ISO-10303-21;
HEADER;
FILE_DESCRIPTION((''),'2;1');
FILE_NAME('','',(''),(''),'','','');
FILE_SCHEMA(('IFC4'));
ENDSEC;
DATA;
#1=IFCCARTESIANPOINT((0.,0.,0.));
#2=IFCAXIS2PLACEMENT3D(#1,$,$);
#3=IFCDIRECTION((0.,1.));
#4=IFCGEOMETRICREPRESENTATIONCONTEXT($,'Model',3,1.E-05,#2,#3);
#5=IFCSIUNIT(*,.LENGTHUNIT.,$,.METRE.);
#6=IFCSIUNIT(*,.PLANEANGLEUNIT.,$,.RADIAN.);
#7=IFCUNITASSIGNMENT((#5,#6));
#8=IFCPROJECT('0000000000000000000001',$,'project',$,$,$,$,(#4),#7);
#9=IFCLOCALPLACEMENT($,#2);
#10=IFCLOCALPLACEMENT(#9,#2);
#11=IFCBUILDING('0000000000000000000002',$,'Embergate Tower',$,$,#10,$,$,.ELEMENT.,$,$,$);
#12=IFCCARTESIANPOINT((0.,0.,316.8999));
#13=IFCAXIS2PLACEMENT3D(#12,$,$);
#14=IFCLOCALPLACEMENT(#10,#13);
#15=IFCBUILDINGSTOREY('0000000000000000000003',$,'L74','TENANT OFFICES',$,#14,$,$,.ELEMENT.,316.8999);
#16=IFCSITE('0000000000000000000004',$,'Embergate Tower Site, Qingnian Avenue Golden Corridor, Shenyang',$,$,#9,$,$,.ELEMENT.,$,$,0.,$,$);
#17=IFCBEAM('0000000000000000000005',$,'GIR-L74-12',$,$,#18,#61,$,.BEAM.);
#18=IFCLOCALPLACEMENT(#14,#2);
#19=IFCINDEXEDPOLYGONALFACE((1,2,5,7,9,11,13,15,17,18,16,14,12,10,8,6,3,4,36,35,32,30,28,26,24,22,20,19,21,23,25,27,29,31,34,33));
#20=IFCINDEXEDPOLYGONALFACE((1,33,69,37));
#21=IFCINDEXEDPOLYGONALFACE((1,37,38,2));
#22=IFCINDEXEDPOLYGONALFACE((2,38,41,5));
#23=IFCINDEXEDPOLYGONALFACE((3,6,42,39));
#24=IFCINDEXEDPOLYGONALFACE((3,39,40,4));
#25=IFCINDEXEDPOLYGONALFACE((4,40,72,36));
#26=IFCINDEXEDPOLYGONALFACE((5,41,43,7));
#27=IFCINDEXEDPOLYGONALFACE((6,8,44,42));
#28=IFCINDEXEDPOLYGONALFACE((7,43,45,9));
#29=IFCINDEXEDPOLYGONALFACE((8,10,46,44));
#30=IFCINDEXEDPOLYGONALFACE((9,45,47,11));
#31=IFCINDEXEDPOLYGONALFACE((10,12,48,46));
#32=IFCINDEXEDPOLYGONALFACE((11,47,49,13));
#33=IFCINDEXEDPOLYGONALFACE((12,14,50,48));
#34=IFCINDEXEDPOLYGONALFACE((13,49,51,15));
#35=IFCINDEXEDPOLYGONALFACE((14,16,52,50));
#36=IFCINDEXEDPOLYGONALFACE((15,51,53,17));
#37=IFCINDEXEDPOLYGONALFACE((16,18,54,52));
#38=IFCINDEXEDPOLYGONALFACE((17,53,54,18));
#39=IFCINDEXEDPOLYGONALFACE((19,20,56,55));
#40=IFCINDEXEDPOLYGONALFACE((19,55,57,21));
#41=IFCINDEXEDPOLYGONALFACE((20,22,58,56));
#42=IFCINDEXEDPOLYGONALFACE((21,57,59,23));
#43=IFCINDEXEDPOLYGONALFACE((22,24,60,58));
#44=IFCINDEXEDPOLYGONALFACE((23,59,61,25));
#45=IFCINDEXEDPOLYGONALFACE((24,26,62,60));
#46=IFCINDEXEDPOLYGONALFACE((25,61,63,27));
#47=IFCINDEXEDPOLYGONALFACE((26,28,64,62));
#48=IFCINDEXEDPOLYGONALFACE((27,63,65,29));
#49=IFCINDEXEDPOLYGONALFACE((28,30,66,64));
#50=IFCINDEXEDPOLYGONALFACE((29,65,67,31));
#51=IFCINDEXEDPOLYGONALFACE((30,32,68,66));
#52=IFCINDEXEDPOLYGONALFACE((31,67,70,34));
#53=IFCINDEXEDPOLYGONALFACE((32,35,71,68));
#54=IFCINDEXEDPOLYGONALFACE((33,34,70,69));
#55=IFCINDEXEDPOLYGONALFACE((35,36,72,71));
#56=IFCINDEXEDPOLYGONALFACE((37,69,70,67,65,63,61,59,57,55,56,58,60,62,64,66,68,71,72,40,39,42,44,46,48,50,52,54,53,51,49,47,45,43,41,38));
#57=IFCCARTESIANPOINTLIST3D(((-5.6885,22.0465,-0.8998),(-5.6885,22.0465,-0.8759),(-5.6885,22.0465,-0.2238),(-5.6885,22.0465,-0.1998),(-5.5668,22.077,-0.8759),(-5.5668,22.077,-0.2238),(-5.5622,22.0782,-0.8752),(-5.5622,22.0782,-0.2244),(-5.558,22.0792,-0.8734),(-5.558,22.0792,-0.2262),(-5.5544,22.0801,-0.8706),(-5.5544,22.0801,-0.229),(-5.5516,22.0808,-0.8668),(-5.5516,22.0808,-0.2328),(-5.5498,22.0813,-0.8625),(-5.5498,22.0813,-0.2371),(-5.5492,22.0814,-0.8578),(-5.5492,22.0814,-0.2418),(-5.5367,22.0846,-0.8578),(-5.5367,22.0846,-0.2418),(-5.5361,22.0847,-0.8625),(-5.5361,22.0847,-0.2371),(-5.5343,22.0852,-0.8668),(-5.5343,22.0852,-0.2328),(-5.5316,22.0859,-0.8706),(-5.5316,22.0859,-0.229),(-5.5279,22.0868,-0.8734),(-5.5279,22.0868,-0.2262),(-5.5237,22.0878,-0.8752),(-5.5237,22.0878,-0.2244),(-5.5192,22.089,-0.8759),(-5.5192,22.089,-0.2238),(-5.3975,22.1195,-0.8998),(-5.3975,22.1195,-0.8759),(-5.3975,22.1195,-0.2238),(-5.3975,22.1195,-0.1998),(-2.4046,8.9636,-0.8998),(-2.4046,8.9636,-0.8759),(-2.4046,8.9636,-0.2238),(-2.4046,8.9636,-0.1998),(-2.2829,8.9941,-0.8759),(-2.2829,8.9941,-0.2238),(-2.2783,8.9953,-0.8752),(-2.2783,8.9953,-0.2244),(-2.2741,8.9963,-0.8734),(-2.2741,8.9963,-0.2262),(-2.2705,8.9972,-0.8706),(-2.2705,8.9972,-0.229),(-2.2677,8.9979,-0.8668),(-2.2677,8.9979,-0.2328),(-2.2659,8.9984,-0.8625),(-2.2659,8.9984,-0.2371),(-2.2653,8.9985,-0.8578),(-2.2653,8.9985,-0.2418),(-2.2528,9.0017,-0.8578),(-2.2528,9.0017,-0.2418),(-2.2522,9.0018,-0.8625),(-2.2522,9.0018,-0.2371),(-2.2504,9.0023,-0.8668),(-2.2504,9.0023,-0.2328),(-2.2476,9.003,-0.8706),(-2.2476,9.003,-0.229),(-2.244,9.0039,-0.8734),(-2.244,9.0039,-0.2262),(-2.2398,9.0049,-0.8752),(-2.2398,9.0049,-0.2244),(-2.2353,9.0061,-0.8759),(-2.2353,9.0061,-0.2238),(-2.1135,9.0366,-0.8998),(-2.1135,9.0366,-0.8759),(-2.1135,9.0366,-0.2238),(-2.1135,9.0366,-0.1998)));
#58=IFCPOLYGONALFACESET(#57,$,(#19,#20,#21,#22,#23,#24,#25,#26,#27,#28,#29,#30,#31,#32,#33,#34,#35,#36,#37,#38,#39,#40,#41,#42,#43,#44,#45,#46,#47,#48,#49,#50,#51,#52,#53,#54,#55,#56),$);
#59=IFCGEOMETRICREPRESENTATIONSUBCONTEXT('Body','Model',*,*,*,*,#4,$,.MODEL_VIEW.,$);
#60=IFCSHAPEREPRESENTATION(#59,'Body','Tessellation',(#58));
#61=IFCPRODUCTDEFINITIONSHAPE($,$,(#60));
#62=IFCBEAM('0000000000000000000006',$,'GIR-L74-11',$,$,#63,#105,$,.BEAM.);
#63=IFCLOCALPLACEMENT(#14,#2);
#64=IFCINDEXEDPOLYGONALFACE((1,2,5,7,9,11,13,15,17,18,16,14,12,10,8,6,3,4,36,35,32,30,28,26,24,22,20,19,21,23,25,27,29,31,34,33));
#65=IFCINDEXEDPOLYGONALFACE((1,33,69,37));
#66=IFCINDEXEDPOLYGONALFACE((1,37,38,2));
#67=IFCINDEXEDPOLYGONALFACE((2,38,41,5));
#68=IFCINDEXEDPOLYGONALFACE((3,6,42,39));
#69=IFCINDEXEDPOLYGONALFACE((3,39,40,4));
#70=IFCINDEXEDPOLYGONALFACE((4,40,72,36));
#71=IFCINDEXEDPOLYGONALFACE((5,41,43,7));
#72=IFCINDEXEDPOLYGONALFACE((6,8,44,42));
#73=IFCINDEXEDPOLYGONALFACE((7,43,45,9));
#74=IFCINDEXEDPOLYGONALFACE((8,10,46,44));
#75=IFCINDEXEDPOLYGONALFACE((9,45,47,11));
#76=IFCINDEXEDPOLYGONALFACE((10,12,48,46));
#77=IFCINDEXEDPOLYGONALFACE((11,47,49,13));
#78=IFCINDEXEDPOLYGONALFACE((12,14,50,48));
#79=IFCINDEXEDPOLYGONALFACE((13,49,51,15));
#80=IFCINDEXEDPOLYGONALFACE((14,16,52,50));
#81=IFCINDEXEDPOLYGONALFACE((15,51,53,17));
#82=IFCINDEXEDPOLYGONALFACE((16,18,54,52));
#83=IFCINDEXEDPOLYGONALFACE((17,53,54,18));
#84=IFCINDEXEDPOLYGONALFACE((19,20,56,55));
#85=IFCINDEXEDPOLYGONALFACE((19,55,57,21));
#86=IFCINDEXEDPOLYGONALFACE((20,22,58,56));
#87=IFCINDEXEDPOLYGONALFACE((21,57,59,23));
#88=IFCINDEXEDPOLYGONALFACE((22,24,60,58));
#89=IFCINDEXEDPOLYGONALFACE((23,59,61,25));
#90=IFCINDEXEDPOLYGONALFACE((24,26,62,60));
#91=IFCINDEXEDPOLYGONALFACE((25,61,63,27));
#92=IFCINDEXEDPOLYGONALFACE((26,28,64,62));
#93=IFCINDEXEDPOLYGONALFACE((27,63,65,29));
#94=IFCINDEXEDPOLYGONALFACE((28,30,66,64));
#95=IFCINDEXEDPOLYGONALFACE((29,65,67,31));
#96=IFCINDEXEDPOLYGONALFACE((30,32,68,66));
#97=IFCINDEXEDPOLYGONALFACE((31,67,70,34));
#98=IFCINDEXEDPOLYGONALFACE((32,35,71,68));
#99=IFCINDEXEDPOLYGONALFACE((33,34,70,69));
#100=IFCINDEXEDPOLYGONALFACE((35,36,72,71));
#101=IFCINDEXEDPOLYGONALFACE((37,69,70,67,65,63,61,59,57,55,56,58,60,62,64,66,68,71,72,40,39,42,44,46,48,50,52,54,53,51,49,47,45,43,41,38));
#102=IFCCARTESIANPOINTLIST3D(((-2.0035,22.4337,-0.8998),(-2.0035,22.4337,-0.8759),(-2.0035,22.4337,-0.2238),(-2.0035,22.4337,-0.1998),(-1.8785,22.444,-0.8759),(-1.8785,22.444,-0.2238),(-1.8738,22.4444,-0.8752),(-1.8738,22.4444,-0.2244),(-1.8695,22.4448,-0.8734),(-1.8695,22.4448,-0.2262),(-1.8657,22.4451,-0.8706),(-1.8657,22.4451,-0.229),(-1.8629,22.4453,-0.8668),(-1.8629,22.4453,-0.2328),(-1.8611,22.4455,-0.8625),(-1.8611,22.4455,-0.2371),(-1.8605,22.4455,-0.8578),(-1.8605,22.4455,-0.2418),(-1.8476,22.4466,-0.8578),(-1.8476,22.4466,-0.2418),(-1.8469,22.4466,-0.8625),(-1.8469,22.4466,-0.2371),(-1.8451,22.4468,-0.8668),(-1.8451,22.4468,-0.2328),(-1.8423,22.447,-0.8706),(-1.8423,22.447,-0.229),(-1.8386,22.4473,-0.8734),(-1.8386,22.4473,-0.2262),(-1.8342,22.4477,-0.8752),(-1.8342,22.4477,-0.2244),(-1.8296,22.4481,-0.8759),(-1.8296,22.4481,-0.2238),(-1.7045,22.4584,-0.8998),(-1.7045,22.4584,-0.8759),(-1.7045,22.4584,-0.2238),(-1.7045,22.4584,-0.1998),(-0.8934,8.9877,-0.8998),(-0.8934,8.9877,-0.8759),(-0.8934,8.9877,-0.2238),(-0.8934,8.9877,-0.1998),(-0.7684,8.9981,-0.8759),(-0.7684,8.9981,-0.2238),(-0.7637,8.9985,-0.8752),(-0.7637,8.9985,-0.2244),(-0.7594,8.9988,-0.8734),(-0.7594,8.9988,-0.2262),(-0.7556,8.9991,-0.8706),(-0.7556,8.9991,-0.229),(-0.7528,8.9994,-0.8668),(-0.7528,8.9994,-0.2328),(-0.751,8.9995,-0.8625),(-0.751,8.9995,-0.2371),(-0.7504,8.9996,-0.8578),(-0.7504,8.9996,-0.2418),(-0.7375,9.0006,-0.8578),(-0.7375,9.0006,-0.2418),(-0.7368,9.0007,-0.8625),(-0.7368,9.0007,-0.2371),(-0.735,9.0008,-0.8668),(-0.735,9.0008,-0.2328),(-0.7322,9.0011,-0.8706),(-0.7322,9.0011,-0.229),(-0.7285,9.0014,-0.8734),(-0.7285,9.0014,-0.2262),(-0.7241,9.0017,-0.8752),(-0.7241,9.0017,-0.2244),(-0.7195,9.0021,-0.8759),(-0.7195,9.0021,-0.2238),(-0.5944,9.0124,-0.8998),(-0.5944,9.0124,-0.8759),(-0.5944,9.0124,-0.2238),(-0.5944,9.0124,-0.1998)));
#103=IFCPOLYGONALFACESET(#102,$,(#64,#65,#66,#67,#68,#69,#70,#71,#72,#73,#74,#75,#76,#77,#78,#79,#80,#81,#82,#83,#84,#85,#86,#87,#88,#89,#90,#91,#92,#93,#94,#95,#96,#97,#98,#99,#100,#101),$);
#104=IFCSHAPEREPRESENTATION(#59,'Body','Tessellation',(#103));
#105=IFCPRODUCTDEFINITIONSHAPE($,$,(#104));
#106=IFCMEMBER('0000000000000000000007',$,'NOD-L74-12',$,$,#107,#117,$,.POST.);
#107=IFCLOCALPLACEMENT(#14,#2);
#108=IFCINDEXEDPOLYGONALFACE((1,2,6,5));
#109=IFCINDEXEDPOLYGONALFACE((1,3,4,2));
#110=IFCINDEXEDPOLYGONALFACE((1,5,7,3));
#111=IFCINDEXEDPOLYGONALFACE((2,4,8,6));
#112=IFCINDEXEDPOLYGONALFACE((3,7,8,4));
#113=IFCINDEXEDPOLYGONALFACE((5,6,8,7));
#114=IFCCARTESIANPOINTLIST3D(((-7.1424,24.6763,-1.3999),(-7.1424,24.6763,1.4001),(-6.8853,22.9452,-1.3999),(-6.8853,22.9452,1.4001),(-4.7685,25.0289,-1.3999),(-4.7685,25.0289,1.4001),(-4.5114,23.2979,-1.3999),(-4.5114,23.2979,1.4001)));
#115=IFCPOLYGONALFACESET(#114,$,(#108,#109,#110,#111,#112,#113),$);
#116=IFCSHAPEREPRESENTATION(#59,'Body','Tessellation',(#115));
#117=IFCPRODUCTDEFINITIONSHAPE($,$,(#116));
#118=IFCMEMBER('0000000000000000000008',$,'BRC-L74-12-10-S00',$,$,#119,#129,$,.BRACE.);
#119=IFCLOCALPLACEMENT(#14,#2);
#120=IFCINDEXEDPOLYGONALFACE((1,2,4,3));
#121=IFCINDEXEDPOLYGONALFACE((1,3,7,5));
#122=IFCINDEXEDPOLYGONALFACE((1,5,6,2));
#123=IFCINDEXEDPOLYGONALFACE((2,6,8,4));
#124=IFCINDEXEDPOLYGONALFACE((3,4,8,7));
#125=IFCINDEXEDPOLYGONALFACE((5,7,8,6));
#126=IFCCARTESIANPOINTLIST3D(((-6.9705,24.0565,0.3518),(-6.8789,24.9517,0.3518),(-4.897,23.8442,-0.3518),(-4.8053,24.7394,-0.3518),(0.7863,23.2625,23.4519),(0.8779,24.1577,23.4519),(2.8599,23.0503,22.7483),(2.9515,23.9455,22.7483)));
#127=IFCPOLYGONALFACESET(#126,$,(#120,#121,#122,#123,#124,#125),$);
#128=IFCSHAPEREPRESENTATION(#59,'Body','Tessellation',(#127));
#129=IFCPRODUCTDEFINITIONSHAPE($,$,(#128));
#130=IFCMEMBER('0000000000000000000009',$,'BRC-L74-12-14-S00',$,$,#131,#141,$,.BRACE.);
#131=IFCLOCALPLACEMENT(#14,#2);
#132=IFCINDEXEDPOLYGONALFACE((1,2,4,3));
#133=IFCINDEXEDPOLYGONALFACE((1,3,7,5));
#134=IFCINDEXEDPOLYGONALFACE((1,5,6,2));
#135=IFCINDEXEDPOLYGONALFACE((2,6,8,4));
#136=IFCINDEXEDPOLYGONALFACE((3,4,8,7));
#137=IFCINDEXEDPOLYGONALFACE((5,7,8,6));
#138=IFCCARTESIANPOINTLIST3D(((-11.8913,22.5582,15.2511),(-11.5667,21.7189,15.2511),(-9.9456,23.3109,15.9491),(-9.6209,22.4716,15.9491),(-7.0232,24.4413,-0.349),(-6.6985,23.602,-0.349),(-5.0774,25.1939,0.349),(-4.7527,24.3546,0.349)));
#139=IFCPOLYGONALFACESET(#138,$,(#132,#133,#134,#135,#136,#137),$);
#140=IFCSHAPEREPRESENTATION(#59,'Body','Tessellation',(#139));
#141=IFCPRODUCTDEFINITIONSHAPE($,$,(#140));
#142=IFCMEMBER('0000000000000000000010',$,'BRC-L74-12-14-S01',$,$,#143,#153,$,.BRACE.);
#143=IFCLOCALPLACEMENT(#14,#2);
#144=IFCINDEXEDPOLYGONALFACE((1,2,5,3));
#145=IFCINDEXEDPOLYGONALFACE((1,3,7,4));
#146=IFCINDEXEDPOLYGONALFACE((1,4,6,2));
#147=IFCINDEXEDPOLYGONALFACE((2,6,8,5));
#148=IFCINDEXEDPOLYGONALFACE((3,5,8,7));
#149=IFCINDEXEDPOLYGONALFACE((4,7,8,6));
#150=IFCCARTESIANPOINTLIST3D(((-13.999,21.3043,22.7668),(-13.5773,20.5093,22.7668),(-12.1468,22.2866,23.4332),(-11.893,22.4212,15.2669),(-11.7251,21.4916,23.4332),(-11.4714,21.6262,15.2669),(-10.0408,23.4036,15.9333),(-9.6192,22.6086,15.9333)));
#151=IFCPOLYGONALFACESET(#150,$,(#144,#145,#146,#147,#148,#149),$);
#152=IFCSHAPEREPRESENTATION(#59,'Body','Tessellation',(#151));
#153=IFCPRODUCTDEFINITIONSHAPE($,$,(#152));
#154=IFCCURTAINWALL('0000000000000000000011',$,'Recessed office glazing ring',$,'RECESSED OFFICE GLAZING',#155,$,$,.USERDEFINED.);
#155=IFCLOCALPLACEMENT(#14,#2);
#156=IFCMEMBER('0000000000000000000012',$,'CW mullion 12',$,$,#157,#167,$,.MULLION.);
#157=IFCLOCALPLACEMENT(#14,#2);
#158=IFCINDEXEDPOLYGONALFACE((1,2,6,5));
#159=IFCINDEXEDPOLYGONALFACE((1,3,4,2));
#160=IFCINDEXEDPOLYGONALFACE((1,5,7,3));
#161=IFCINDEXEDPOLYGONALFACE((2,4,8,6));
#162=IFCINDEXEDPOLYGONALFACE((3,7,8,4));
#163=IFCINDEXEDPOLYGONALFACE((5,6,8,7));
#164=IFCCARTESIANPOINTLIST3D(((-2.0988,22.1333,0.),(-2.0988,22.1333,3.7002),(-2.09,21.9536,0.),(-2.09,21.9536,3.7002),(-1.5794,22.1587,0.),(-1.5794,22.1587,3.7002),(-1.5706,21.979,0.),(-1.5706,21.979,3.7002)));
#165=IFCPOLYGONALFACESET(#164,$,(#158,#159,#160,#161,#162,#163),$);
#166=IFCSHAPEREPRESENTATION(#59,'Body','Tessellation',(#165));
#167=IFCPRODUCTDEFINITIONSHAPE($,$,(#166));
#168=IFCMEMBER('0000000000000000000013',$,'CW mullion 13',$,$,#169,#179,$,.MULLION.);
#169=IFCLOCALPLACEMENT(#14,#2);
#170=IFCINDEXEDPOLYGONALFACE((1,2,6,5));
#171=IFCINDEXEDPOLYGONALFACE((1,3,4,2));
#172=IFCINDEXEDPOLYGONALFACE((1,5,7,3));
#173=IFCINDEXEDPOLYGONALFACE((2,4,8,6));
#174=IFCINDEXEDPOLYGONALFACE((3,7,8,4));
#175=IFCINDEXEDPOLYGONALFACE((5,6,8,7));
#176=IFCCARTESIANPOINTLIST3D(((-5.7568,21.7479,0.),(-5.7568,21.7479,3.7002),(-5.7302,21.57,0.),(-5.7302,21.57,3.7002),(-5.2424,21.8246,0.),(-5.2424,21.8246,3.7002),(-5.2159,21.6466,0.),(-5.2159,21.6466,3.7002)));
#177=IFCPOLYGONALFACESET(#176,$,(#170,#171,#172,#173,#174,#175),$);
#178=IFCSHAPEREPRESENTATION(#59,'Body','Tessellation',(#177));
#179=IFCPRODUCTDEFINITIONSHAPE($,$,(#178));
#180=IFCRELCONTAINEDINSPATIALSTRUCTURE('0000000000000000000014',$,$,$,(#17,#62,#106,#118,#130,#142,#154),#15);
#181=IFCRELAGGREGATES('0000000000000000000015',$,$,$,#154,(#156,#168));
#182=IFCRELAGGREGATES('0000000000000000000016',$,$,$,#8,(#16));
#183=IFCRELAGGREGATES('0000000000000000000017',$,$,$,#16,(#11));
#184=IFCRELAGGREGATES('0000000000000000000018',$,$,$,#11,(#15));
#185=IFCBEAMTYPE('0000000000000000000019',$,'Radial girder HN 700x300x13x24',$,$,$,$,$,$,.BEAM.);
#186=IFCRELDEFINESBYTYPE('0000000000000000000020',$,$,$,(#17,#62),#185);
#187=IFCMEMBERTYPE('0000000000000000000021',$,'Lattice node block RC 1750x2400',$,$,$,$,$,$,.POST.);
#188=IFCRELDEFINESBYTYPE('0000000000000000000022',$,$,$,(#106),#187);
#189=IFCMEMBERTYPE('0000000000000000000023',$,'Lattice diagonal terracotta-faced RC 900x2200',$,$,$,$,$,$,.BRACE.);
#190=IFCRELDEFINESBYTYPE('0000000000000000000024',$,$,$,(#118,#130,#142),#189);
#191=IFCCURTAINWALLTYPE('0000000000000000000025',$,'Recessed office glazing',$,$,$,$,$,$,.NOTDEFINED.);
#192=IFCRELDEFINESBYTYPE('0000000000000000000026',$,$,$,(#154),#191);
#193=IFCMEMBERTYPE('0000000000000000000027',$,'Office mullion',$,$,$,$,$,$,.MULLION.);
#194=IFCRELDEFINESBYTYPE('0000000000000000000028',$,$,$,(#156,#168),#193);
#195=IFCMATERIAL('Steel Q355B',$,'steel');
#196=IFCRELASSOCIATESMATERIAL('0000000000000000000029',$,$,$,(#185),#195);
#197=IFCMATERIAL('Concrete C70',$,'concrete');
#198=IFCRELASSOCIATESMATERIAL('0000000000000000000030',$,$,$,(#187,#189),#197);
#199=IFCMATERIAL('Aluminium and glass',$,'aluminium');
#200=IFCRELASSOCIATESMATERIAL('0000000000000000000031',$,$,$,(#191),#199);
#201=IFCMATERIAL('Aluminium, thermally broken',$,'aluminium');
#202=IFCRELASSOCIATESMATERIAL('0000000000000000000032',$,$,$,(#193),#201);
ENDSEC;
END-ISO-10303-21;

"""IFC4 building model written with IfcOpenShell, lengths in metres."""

from ifc_helpers import new_model, si_unit, direction, frame, origin, origin_2d, place, context, subcontext, project, spatial, rectangle, i_section, extrude, source, transform, mapped, material, material_profile, profile_set, type_object, element, aggregate, save


model = new_model("IFC4")

# Units and contexts
model_context = context("Model", 3, precision=1e-05, world=origin(), true_north=direction((0.0, 1.0)))
body_context = subcontext(model_context, "Body", "Model", "MODEL_VIEW")
ifc_project = project(units=[si_unit("LENGTHUNIT", "METRE"), si_unit("PLANEANGLEUNIT", "RADIAN")], contexts=[model_context])

# Site, building, storey
site_placement = place(None, origin())
site = spatial("IfcSite", under=ifc_project, at=site_placement, Name="Embergate Tower Site, Qingnian Avenue Golden Corridor, Shenyang", CompositionType="ELEMENT", RefElevation=0.0)
building_placement = place(site_placement, origin())
building = spatial("IfcBuilding", under=site, at=building_placement, Name="Embergate Tower", CompositionType="ELEMENT")
storey_placement = place(building_placement, frame((0.0, 0.0, 316.8999)))
storey = spatial("IfcBuildingStorey", under=building, at=storey_placement, Name="L74", Description="TENANT OFFICES", CompositionType="ELEMENT", Elevation=316.8999)

# Beams
ifc_material_1 = material(Name="Steel Q355B", Category="steel")
ifc_material_profile_1 = material_profile(ifc_material_1, i_section(OverallWidth=0.3, OverallDepth=0.7, WebThickness=0.0129, FlangeThickness=0.0239, FilletRadius=0.0181, at=origin_2d()), Name="HN 700x300x13x24")
ifc_profile_set_1 = profile_set([ifc_material_profile_1], Name="Steel Q355 grade B")
beam_type_1 = type_object("IfcBeamType", Name="Radial girder HN 700x300x13x24", PredefinedType="BEAM", material=ifc_profile_set_1)
shared_shape_1 = source(origin(), body_context, "Body", "SweptSolid", [
    extrude(i_section(OverallWidth=0.3, OverallDepth=0.7, WebThickness=0.0129, FlangeThickness=0.0239, FilletRadius=0.0181, at=origin_2d()), origin(), (0.0, 0.0, 1.0), 13.4888),
])
beam_1_placement = place(storey_placement, frame((-5.543, 22.083, -0.5498), z_axis=(0.243455, -0.969912, 0.0), x_axis=(0.969912, 0.243455, 0.0)))
element("IfcBeam", 1, at=beam_1_placement, inside=storey, type_object=beam_type_1, Name="GIR-L74-12", PredefinedType="BEAM", context=body_context, shape_type="MappedRepresentation", body=[
    mapped(shared_shape_1, transform((0.0, 0.0, 0.0))),
])
shared_shape_2 = source(origin(), body_context, "Body", "SweptSolid", [
    extrude(i_section(OverallWidth=0.3, OverallDepth=0.7, WebThickness=0.0129, FlangeThickness=0.0239, FilletRadius=0.0181, at=origin_2d()), origin(), (0.0, 0.0, 1.0), 13.4917),
])
beam_2_placement = place(storey_placement, frame((-1.854, 22.446, -0.5498), z_axis=(0.08228, -0.996609, 0.0), x_axis=(0.996609, 0.08228, 0.0)))
element("IfcBeam", 2, at=beam_2_placement, inside=storey, type_object=beam_type_1, Name="GIR-L74-11", PredefinedType="BEAM", context=body_context, shape_type="MappedRepresentation", body=[
    mapped(shared_shape_2, transform((0.0, 0.0, 0.0))),
])

# Members
ifc_material_2 = material(Name="Concrete C70", Category="concrete")
ifc_material_profile_2 = material_profile(ifc_material_2, rectangle(XDim=1.75, YDim=2.3999, at=origin_2d()), Name="RC 1750x2400")
ifc_profile_set_2 = profile_set([ifc_material_profile_2], Name="Concrete C70")
member_type_1 = type_object("IfcMemberType", Name="Lattice node block RC 1750x2400", PredefinedType="POST", material=ifc_profile_set_2)
shared_shape_3 = source(origin(), body_context, "Body", "SweptSolid", [
    extrude(rectangle(XDim=1.75, YDim=2.3999, at=origin_2d()), origin(), (0.0, 0.0, 1.0), 2.8),
])
member_1_placement = place(storey_placement, frame((-5.8269, 23.9871, -1.3999), z_axis=(0.0, 0.0, 1.0), x_axis=(-0.146929, 0.989147, 0.0)))
element("IfcMember", 3, at=member_1_placement, inside=storey, type_object=member_type_1, Name="NOD-L74-12", PredefinedType="POST", context=body_context, shape_type="MappedRepresentation", body=[
    mapped(shared_shape_3, transform((0.0, 0.0, 0.0))),
])
ifc_material_profile_3 = material_profile(ifc_material_2, rectangle(XDim=0.8999, YDim=2.2, at=origin_2d()), Name="RC 900x2200")
ifc_profile_set_3 = profile_set([ifc_material_profile_3], Name="Concrete C70")
member_type_2 = type_object("IfcMemberType", Name="Lattice diagonal terracotta-faced RC 900x2200", PredefinedType="BRACE", material=ifc_profile_set_3)
shared_shape_4 = source(origin(), body_context, "Body", "SweptSolid", [
    extrude(rectangle(XDim=0.8999, YDim=2.2, at=origin_2d()), origin(), (0.0, 0.0, 1.0), 24.3806),
])
member_2_placement = place(storey_placement, frame((-5.8879, 24.3979, 0.0), z_axis=(0.318156, -0.032565, 0.947479), x_axis=(0.101822, 0.994803, 0.0)))
element("IfcMember", 4, at=member_2_placement, inside=storey, type_object=member_type_2, Name="BRC-L74-12-10-S00", PredefinedType="BRACE", context=body_context, shape_type="MappedRepresentation", body=[
    mapped(shared_shape_4, transform((0.0, 0.0, 0.0))),
])
shared_shape_5 = source(origin(), body_context, "Body", "SweptSolid", [
    extrude(rectangle(XDim=0.8999, YDim=2.2, at=origin_2d()), origin(), (0.0, 0.0, 1.0), 16.4502),
])
member_3_placement = place(storey_placement, frame((-5.8879, 24.3979, 0.0), z_axis=(-0.295934, -0.11447, 0.948325), x_axis=(0.360762, -0.932658, 0.0)))
element("IfcMember", 5, at=member_3_placement, inside=storey, type_object=member_type_2, Name="BRC-L74-12-14-S00", PredefinedType="BRACE", context=body_context, shape_type="MappedRepresentation", body=[
    mapped(shared_shape_5, transform((0.0, 0.0, 0.0))),
])
shared_shape_6 = source(origin(), body_context, "Body", "SweptSolid", [
    extrude(rectangle(XDim=0.8999, YDim=2.2, at=origin_2d()), origin(), (0.0, 0.0, 1.0), 7.8696),
])
member_4_placement = place(storey_placement, frame((-10.7561, 22.5149, 15.6001), z_axis=(-0.267602, -0.141929, 0.953019), x_axis=(0.468551, -0.883436, 0.0)))
element("IfcMember", 6, at=member_4_placement, inside=storey, type_object=member_type_2, Name="BRC-L74-12-14-S01", PredefinedType="BRACE", context=body_context, shape_type="MappedRepresentation", body=[
    mapped(shared_shape_6, transform((0.0, 0.0, 0.0))),
])

# Curtain wall, members
ifc_material_3 = material(Name="Aluminium and glass", Category="aluminium")
curtain_wall_type = type_object("IfcCurtainWallType", Name="Recessed office glazing", PredefinedType="NOTDEFINED", material=ifc_material_3)
curtain_wall_placement = place(storey_placement, origin())
curtain_wall = element("IfcCurtainWall", 7, at=curtain_wall_placement, inside=storey, type_object=curtain_wall_type, Name="Recessed office glazing ring", ObjectType="RECESSED OFFICE GLAZING", PredefinedType="USERDEFINED")
ifc_material_4 = material(Name="Aluminium, thermally broken", Category="aluminium")
ifc_material_profile_4 = material_profile(ifc_material_4, rectangle(XDim=0.1799, YDim=0.52, at=origin_2d()), Name="AL 520x180")
ifc_profile_set_4 = profile_set([ifc_material_profile_4], Name="Aluminium, thermally broken")
member_type_3 = type_object("IfcMemberType", Name="Office mullion", PredefinedType="MULLION", material=ifc_profile_set_4)
shared_shape_7 = source(origin(), body_context, "Body", "SweptSolid", [
    extrude(rectangle(XDim=0.1799, YDim=0.52, at=origin_2d()), origin(), (0.0, 0.0, 1.0), 3.7002),
])
member_5_placement = place(storey_placement, frame((-1.8347, 22.0562, 0.0), z_axis=(0.0, 0.0, 1.0), x_axis=(0.048972, -0.9988, 0.0)))
member_5 = element("IfcMember", 8, at=member_5_placement, type_object=member_type_3, Name="CW mullion 12", PredefinedType="MULLION", context=body_context, shape_type="MappedRepresentation", body=[
    mapped(shared_shape_7, transform((0.0, 0.0, 0.0))),
])
member_6_placement = place(storey_placement, frame((-5.4863, 21.6973, 0.0), z_axis=(0.0, 0.0, 1.0), x_axis=(0.147411, -0.989075, 0.0)))
member_6 = element("IfcMember", 9, at=member_6_placement, type_object=member_type_3, Name="CW mullion 13", PredefinedType="MULLION", context=body_context, shape_type="MappedRepresentation", body=[
    mapped(shared_shape_7, transform((0.0, 0.0, 0.0))),
])
aggregate(curtain_wall, [member_5, member_6])

save(model, "model.ifc")
